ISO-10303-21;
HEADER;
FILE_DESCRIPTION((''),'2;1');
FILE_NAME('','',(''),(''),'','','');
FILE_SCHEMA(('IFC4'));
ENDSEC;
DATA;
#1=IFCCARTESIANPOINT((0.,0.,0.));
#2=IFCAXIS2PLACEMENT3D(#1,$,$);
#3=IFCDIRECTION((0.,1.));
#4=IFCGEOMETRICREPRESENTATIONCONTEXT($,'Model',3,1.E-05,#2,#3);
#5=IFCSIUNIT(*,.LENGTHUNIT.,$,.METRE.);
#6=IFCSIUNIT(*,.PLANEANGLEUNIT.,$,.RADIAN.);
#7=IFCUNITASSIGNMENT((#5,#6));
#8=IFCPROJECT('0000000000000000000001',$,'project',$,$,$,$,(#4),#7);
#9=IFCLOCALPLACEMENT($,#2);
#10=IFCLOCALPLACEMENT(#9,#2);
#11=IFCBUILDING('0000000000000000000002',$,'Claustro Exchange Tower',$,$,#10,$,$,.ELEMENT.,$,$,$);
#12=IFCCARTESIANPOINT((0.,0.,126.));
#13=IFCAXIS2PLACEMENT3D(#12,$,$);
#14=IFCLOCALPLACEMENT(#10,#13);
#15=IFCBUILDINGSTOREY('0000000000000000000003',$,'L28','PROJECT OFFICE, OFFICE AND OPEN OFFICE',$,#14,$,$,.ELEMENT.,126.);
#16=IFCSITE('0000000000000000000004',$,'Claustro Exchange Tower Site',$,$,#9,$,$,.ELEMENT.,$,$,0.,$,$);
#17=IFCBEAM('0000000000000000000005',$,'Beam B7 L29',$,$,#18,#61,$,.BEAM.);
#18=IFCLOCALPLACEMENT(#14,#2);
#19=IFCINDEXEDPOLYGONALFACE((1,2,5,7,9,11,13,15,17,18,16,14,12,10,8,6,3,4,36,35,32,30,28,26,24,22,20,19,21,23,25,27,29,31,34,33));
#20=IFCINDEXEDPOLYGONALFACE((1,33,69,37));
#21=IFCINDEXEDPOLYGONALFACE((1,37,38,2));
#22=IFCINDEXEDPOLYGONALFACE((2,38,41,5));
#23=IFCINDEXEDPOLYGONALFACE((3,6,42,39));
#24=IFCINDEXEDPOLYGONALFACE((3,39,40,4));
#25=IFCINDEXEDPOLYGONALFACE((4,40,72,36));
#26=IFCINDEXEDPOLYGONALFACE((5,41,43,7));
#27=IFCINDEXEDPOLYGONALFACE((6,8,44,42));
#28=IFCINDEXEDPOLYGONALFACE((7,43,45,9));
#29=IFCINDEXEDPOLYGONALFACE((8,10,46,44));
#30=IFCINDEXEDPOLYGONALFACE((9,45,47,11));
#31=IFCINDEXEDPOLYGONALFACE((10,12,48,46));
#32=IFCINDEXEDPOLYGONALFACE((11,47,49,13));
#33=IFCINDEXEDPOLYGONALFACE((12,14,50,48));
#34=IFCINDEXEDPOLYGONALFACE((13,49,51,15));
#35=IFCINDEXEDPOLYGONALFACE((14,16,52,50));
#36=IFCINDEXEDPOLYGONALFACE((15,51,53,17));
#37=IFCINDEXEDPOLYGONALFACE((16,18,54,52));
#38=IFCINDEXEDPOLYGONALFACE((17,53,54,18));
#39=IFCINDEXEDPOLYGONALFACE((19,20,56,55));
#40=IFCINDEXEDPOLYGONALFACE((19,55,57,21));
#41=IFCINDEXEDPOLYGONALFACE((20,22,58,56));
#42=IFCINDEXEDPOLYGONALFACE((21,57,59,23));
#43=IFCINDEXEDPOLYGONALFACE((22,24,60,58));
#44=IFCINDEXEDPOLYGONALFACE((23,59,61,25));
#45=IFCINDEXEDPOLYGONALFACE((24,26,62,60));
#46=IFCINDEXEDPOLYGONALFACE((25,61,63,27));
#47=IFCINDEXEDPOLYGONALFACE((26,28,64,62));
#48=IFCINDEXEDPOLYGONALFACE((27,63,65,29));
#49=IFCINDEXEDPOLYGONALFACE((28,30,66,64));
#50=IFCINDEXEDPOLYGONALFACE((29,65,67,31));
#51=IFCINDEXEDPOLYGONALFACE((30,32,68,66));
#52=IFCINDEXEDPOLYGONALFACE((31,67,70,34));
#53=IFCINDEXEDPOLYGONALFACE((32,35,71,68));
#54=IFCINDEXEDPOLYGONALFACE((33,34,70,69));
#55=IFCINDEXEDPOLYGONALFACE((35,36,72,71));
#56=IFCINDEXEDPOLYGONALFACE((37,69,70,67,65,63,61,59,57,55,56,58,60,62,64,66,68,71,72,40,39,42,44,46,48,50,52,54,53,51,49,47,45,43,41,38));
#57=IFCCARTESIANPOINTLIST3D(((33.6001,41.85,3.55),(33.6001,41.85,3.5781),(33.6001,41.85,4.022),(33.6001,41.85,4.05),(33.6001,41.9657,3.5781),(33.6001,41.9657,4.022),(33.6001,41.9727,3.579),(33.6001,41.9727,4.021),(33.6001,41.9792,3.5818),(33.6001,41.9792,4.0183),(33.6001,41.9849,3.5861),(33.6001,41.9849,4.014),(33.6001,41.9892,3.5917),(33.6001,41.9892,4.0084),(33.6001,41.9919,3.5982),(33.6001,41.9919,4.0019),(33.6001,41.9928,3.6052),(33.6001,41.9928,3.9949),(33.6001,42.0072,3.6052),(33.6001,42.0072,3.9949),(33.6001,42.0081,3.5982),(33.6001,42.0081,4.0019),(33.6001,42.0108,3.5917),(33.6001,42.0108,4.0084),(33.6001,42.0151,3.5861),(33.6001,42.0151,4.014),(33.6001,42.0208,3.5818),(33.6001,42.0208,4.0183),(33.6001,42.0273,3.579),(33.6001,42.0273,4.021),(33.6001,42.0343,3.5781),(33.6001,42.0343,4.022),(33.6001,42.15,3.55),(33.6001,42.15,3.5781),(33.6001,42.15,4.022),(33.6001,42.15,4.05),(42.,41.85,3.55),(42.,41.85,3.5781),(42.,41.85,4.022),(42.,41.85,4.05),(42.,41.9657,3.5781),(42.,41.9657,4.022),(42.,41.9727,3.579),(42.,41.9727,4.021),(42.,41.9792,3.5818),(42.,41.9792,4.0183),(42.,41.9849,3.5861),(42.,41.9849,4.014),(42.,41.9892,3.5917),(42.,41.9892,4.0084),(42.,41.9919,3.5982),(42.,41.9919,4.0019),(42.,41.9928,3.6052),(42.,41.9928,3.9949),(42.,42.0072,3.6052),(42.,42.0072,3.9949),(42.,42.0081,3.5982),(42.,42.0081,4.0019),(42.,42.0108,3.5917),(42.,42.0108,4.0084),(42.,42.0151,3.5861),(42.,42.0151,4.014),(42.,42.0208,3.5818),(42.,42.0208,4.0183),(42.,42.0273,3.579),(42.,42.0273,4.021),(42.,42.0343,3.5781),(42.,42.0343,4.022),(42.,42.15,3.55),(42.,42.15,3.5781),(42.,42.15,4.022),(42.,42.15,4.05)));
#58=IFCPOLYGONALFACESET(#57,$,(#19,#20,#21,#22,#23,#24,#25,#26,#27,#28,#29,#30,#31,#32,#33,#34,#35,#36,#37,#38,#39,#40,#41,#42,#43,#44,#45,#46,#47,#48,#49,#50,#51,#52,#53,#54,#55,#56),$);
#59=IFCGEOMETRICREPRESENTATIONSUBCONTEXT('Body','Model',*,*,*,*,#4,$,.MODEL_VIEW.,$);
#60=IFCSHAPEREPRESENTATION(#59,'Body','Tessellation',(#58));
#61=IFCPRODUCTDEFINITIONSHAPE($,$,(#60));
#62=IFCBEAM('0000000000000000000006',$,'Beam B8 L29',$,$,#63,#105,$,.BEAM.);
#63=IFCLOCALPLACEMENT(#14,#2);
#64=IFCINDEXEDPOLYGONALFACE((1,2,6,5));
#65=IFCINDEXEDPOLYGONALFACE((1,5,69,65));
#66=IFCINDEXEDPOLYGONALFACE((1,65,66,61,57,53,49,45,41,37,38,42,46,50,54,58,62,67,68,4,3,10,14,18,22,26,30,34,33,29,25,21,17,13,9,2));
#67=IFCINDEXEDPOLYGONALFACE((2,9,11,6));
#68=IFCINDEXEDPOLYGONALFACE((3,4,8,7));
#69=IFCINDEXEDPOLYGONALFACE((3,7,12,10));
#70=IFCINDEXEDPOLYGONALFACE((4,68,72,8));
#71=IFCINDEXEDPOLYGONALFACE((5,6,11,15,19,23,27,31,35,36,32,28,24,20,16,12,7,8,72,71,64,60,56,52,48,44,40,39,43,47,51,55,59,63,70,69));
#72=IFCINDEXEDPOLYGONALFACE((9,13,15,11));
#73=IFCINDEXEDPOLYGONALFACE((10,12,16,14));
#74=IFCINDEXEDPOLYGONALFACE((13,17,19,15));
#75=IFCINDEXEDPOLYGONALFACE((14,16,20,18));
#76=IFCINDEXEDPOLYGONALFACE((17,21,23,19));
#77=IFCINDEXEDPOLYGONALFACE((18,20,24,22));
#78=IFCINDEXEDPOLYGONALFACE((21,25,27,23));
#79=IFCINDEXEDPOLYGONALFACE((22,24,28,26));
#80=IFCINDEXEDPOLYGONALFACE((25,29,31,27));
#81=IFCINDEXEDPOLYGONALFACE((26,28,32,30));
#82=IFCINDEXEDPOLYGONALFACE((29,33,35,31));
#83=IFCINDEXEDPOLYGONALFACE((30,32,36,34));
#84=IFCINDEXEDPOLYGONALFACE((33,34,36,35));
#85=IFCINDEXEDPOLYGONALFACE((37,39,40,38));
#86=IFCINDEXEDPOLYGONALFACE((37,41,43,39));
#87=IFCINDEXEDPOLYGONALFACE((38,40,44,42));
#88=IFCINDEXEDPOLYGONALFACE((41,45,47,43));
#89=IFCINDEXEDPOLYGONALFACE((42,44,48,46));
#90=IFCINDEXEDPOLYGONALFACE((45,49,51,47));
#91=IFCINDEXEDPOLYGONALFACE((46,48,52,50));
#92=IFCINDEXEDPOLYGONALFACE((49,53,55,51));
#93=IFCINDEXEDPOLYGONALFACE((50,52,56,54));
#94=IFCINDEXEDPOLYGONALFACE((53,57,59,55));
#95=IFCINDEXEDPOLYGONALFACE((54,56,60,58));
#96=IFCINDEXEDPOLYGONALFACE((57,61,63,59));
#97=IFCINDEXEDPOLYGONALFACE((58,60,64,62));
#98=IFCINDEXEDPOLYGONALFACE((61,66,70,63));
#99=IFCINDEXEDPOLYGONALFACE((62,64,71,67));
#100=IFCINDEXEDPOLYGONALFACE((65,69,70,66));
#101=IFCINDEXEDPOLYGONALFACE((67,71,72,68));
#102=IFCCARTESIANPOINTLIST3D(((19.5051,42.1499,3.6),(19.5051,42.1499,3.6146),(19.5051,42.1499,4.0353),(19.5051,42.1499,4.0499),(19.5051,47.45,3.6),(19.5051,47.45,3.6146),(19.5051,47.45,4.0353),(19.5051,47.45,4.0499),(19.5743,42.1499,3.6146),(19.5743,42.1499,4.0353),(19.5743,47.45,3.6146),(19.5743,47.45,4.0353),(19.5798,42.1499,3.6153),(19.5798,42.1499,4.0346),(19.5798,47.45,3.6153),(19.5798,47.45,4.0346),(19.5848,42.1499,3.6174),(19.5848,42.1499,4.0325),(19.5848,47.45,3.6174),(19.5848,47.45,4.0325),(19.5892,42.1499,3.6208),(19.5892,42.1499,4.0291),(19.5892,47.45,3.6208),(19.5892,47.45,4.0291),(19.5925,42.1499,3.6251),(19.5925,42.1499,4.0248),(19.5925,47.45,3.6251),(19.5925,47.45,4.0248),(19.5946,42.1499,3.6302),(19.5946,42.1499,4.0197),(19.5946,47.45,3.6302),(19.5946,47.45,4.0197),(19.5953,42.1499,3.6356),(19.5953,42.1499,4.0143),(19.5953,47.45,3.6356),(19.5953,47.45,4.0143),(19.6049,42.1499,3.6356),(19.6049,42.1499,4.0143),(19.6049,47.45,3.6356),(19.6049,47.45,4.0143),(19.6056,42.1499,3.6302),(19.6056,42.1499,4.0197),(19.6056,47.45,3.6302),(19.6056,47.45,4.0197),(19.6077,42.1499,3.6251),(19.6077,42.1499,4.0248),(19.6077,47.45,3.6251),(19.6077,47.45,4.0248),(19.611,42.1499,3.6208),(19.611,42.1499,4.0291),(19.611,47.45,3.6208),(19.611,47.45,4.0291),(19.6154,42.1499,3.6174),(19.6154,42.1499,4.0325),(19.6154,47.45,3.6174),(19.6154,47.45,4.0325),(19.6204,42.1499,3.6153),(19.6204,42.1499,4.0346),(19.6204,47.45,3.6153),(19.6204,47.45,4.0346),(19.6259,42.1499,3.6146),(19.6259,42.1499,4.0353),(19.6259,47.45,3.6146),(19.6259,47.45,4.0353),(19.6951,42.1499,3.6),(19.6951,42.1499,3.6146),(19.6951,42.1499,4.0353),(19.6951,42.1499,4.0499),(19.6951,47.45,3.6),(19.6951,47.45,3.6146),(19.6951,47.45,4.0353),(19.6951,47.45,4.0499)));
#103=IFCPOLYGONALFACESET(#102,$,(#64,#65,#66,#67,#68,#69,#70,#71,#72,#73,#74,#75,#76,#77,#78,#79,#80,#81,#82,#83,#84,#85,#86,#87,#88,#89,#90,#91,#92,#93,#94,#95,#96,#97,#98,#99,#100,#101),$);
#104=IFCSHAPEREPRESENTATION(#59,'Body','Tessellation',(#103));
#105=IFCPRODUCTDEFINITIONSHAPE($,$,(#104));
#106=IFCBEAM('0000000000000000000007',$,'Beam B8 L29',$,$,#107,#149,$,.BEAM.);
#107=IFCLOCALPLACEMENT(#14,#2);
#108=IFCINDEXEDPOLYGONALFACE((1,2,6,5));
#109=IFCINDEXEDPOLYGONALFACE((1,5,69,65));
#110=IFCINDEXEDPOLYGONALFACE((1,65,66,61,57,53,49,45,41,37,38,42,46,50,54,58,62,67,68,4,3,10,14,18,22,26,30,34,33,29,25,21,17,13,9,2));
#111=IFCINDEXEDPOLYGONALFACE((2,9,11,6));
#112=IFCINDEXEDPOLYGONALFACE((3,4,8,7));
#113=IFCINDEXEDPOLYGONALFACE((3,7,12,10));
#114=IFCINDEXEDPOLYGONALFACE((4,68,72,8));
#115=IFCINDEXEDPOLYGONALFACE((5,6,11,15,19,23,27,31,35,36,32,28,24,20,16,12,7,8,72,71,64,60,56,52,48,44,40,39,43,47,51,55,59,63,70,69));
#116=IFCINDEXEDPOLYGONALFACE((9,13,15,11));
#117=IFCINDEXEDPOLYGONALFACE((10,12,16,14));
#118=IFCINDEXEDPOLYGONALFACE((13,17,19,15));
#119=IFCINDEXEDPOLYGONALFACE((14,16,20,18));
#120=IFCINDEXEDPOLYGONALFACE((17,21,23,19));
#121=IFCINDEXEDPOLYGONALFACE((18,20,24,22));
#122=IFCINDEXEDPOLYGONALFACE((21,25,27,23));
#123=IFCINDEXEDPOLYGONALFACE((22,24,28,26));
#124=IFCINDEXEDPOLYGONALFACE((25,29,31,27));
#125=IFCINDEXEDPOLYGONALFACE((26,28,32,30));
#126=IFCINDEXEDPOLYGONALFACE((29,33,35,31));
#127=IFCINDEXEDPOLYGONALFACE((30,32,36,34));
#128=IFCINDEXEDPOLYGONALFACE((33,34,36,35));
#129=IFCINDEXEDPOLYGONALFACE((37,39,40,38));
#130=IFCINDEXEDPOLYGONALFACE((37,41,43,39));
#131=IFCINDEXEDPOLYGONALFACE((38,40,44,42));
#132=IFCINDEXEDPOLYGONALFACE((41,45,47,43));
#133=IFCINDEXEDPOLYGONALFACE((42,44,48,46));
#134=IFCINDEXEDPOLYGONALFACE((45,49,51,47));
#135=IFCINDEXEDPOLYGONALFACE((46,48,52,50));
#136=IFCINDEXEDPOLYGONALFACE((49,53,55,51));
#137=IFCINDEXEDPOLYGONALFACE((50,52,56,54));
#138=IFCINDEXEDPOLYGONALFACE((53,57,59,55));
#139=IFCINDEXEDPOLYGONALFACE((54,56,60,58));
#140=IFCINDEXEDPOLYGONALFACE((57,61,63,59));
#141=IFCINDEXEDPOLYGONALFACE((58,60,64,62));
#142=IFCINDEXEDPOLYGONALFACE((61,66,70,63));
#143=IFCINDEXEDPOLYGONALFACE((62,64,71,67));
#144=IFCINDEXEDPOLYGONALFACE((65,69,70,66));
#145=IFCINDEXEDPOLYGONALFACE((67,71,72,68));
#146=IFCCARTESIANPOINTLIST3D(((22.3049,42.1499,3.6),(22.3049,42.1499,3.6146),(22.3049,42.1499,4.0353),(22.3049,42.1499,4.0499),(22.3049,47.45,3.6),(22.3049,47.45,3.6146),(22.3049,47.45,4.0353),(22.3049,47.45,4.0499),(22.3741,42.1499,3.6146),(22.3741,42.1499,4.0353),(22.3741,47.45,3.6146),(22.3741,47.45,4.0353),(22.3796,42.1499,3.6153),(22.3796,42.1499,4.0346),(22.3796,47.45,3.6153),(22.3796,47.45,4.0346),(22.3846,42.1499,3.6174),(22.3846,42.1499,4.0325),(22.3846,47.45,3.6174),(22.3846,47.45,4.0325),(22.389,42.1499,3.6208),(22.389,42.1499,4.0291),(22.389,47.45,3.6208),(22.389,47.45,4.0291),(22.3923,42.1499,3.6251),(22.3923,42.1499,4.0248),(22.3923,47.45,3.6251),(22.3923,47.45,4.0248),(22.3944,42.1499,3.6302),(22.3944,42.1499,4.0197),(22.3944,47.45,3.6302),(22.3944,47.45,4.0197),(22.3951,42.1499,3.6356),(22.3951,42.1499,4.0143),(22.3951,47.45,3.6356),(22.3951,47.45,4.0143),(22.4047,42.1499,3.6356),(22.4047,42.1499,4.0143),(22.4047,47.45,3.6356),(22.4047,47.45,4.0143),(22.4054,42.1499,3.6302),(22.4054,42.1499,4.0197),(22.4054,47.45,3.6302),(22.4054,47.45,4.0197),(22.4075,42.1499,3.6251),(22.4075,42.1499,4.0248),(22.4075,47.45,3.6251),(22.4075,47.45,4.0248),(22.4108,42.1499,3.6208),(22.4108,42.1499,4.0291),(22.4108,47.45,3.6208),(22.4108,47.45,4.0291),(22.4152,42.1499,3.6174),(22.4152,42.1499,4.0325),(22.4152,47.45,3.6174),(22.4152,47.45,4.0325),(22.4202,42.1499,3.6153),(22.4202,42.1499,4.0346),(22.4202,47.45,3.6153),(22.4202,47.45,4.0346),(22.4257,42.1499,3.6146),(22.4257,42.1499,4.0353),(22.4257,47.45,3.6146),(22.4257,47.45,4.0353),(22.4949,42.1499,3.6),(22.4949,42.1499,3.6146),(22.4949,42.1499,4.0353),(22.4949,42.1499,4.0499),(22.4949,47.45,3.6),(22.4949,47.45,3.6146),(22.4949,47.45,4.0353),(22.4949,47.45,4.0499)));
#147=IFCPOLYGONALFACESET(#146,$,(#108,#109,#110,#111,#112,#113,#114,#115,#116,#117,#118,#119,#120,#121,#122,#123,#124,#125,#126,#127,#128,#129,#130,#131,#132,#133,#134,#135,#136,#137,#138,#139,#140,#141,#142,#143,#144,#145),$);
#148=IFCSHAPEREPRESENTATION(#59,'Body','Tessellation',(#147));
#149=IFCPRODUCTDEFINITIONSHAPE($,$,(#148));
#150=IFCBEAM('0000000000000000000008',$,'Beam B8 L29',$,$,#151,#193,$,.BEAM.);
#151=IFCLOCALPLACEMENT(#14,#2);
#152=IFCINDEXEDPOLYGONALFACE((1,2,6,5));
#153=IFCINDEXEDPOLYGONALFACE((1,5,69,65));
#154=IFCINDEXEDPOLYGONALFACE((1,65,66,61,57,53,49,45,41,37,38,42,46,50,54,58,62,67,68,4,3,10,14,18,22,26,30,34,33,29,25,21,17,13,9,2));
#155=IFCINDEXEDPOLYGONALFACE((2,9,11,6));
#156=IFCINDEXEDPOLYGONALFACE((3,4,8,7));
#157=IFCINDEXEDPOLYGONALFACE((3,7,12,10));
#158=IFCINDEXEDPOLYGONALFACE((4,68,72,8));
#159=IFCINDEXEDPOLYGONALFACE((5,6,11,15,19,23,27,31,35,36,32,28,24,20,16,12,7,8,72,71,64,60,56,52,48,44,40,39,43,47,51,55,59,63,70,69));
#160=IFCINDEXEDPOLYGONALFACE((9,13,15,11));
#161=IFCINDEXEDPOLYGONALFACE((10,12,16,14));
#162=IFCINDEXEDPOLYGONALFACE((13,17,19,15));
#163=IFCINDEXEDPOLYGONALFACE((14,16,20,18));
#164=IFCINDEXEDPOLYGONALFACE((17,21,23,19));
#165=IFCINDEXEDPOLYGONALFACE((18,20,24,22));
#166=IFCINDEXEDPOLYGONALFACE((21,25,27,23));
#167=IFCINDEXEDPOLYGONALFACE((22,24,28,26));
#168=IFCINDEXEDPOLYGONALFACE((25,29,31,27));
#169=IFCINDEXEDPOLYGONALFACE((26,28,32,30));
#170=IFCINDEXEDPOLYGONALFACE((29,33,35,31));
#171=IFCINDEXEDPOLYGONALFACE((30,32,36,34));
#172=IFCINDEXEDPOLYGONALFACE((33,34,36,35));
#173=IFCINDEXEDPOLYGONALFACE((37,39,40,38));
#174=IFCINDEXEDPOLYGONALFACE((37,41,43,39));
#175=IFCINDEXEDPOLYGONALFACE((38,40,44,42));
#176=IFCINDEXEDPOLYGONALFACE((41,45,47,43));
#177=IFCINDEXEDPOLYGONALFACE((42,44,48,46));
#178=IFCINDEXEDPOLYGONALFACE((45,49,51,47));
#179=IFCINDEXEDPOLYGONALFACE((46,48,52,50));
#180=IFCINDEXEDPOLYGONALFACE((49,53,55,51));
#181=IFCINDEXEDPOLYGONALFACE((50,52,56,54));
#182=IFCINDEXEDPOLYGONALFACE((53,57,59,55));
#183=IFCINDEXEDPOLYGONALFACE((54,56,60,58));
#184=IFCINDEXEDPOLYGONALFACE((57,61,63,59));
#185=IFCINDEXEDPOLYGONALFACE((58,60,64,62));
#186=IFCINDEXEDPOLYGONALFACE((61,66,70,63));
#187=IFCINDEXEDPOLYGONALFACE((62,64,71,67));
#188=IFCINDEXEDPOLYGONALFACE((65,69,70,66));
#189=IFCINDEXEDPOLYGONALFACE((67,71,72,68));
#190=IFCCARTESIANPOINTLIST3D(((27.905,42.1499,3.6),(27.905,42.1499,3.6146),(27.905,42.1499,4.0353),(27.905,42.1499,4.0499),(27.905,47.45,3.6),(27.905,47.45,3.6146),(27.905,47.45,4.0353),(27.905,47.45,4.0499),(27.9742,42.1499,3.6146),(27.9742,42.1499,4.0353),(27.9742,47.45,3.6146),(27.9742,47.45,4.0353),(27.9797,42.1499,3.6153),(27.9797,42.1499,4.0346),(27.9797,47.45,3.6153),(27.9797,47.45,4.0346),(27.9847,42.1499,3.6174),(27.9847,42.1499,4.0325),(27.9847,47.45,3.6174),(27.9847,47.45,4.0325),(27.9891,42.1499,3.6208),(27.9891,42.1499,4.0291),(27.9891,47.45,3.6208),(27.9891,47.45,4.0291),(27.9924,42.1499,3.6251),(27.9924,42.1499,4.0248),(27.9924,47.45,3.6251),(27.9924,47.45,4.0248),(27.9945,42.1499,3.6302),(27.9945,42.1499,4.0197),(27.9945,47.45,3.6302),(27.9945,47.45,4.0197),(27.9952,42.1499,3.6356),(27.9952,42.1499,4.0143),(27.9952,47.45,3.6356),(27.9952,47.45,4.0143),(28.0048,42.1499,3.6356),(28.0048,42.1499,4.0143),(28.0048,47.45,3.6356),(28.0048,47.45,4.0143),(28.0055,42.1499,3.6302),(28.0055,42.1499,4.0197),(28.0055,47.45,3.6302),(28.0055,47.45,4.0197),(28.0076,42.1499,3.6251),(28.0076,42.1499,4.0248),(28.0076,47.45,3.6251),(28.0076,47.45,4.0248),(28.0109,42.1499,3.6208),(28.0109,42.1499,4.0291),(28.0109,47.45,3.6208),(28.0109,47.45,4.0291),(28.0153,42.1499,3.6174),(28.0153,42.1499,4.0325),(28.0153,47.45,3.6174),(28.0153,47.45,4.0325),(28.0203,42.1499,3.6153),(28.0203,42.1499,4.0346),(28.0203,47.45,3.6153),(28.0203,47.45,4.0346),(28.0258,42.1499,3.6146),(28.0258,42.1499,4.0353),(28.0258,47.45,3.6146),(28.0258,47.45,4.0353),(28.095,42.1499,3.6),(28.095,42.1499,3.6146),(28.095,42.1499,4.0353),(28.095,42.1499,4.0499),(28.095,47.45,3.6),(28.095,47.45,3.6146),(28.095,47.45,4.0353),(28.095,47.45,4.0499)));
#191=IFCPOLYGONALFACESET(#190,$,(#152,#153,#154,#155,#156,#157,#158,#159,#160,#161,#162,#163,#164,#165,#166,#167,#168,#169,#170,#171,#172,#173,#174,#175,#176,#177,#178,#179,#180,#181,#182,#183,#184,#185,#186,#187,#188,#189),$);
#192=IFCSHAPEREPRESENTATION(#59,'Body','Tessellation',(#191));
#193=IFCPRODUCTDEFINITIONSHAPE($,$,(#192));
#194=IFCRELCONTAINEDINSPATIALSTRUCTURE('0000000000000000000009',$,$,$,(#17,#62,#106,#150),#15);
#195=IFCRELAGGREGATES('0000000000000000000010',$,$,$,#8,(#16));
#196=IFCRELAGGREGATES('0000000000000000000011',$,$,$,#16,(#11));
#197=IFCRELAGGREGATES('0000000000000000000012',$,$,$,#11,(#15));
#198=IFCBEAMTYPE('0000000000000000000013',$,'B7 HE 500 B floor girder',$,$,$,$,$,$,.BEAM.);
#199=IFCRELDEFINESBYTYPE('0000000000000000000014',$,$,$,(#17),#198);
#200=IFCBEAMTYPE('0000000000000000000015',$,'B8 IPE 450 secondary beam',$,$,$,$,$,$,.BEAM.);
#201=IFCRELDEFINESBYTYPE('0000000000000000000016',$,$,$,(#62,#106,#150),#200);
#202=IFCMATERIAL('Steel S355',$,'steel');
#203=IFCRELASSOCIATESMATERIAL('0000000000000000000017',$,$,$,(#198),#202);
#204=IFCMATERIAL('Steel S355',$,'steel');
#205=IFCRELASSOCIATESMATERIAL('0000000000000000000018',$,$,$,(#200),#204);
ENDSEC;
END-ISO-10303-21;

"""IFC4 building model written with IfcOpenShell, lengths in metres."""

from ifc_helpers import new_model, si_unit, direction, frame, origin, origin_2d, place, context, subcontext, project, spatial, i_section, extrude, material, material_profile, profile_set, type_object, element, save


model = new_model("IFC4")

# Units and contexts
model_context = context("Model", 3, precision=1e-05, world=origin(), true_north=direction((0.0, 1.0)))
body_context = subcontext(model_context, "Body", "Model", "MODEL_VIEW")
ifc_project = project(units=[si_unit("LENGTHUNIT", "METRE"), si_unit("PLANEANGLEUNIT", "RADIAN")], contexts=[model_context])

# Site, building, storey
site_placement = place(None, origin())
site = spatial("IfcSite", under=ifc_project, at=site_placement, Name="Claustro Exchange Tower Site", CompositionType="ELEMENT", RefElevation=0.0)
building_placement = place(site_placement, origin())
building = spatial("IfcBuilding", under=site, at=building_placement, Name="Claustro Exchange Tower", CompositionType="ELEMENT")
storey_placement = place(building_placement, frame((0.0, 0.0, 126.0)))
storey = spatial("IfcBuildingStorey", under=building, at=storey_placement, Name="L28", Description="PROJECT OFFICE, OFFICE AND OPEN OFFICE", CompositionType="ELEMENT", Elevation=126.0)

# Beams
ifc_material_1 = material(Name="Steel S355", Category="steel")
ifc_material_profile_1 = material_profile(ifc_material_1, i_section(OverallWidth=0.3, OverallDepth=0.5, WebThickness=0.0144, FlangeThickness=0.0281, FilletRadius=0.0271, at=origin_2d()), Name="HE 500 B")
ifc_profile_set_1 = profile_set([ifc_material_profile_1], Name="Steel S355")
beam_type_1 = type_object("IfcBeamType", Name="B7 HE 500 B floor girder", PredefinedType="BEAM", material=ifc_profile_set_1)
beam_1_placement = place(storey_placement, frame((33.6001, 42.0, 3.8), z_axis=(1.0, 0.0, 0.0), x_axis=(0.0, 1.0, 0.0)))
element("IfcBeam", 1, at=beam_1_placement, inside=storey, type_object=beam_type_1, Name="Beam B7 L29", PredefinedType="BEAM", context=body_context, shape_type="SweptSolid", body=[
    extrude(i_section(OverallWidth=0.3, OverallDepth=0.5, WebThickness=0.0144, FlangeThickness=0.0281, FilletRadius=0.0271, at=origin_2d()), origin(), (0.0, 0.0, 1.0), 8.3999),
])
ifc_material_2 = material(Name="Steel S355", Category="steel")
ifc_material_profile_2 = material_profile(ifc_material_2, i_section(OverallWidth=0.1899, OverallDepth=0.45, WebThickness=0.0095, FlangeThickness=0.0146, FilletRadius=0.021, at=origin_2d()), Name="IPE 450")
ifc_profile_set_2 = profile_set([ifc_material_profile_2], Name="Steel S355")
beam_type_2 = type_object("IfcBeamType", Name="B8 IPE 450 secondary beam", PredefinedType="BEAM", material=ifc_profile_set_2)
for number, where, z_axis, x_axis, name in (
    (2, (19.6001, 42.1499, 3.825), (0.0, 1.0, 0.0), (-1.0, 0.0, 0.0), "Beam B8 L29"),
    (3, (22.3999, 42.1499, 3.825), (0.0, 1.0, 0.0), (-1.0, 0.0, 0.0), "Beam B8 L29"),
    (4, (28.0, 42.1499, 3.825), (0.0, 1.0, 0.0), (-1.0, 0.0, 0.0), "Beam B8 L29"),
):
    element("IfcBeam", number, at=place(storey_placement, frame(where, z_axis=z_axis, x_axis=x_axis)), inside=storey, type_object=beam_type_2, Name=name, PredefinedType="BEAM", context=body_context, shape_type="SweptSolid", body=[
        extrude(i_section(OverallWidth=0.1899, OverallDepth=0.45, WebThickness=0.0095, FlangeThickness=0.0146, FilletRadius=0.021, at=origin_2d()), origin(), (0.0, 0.0, 1.0), 5.3),
    ])

save(model, "model.ifc")
